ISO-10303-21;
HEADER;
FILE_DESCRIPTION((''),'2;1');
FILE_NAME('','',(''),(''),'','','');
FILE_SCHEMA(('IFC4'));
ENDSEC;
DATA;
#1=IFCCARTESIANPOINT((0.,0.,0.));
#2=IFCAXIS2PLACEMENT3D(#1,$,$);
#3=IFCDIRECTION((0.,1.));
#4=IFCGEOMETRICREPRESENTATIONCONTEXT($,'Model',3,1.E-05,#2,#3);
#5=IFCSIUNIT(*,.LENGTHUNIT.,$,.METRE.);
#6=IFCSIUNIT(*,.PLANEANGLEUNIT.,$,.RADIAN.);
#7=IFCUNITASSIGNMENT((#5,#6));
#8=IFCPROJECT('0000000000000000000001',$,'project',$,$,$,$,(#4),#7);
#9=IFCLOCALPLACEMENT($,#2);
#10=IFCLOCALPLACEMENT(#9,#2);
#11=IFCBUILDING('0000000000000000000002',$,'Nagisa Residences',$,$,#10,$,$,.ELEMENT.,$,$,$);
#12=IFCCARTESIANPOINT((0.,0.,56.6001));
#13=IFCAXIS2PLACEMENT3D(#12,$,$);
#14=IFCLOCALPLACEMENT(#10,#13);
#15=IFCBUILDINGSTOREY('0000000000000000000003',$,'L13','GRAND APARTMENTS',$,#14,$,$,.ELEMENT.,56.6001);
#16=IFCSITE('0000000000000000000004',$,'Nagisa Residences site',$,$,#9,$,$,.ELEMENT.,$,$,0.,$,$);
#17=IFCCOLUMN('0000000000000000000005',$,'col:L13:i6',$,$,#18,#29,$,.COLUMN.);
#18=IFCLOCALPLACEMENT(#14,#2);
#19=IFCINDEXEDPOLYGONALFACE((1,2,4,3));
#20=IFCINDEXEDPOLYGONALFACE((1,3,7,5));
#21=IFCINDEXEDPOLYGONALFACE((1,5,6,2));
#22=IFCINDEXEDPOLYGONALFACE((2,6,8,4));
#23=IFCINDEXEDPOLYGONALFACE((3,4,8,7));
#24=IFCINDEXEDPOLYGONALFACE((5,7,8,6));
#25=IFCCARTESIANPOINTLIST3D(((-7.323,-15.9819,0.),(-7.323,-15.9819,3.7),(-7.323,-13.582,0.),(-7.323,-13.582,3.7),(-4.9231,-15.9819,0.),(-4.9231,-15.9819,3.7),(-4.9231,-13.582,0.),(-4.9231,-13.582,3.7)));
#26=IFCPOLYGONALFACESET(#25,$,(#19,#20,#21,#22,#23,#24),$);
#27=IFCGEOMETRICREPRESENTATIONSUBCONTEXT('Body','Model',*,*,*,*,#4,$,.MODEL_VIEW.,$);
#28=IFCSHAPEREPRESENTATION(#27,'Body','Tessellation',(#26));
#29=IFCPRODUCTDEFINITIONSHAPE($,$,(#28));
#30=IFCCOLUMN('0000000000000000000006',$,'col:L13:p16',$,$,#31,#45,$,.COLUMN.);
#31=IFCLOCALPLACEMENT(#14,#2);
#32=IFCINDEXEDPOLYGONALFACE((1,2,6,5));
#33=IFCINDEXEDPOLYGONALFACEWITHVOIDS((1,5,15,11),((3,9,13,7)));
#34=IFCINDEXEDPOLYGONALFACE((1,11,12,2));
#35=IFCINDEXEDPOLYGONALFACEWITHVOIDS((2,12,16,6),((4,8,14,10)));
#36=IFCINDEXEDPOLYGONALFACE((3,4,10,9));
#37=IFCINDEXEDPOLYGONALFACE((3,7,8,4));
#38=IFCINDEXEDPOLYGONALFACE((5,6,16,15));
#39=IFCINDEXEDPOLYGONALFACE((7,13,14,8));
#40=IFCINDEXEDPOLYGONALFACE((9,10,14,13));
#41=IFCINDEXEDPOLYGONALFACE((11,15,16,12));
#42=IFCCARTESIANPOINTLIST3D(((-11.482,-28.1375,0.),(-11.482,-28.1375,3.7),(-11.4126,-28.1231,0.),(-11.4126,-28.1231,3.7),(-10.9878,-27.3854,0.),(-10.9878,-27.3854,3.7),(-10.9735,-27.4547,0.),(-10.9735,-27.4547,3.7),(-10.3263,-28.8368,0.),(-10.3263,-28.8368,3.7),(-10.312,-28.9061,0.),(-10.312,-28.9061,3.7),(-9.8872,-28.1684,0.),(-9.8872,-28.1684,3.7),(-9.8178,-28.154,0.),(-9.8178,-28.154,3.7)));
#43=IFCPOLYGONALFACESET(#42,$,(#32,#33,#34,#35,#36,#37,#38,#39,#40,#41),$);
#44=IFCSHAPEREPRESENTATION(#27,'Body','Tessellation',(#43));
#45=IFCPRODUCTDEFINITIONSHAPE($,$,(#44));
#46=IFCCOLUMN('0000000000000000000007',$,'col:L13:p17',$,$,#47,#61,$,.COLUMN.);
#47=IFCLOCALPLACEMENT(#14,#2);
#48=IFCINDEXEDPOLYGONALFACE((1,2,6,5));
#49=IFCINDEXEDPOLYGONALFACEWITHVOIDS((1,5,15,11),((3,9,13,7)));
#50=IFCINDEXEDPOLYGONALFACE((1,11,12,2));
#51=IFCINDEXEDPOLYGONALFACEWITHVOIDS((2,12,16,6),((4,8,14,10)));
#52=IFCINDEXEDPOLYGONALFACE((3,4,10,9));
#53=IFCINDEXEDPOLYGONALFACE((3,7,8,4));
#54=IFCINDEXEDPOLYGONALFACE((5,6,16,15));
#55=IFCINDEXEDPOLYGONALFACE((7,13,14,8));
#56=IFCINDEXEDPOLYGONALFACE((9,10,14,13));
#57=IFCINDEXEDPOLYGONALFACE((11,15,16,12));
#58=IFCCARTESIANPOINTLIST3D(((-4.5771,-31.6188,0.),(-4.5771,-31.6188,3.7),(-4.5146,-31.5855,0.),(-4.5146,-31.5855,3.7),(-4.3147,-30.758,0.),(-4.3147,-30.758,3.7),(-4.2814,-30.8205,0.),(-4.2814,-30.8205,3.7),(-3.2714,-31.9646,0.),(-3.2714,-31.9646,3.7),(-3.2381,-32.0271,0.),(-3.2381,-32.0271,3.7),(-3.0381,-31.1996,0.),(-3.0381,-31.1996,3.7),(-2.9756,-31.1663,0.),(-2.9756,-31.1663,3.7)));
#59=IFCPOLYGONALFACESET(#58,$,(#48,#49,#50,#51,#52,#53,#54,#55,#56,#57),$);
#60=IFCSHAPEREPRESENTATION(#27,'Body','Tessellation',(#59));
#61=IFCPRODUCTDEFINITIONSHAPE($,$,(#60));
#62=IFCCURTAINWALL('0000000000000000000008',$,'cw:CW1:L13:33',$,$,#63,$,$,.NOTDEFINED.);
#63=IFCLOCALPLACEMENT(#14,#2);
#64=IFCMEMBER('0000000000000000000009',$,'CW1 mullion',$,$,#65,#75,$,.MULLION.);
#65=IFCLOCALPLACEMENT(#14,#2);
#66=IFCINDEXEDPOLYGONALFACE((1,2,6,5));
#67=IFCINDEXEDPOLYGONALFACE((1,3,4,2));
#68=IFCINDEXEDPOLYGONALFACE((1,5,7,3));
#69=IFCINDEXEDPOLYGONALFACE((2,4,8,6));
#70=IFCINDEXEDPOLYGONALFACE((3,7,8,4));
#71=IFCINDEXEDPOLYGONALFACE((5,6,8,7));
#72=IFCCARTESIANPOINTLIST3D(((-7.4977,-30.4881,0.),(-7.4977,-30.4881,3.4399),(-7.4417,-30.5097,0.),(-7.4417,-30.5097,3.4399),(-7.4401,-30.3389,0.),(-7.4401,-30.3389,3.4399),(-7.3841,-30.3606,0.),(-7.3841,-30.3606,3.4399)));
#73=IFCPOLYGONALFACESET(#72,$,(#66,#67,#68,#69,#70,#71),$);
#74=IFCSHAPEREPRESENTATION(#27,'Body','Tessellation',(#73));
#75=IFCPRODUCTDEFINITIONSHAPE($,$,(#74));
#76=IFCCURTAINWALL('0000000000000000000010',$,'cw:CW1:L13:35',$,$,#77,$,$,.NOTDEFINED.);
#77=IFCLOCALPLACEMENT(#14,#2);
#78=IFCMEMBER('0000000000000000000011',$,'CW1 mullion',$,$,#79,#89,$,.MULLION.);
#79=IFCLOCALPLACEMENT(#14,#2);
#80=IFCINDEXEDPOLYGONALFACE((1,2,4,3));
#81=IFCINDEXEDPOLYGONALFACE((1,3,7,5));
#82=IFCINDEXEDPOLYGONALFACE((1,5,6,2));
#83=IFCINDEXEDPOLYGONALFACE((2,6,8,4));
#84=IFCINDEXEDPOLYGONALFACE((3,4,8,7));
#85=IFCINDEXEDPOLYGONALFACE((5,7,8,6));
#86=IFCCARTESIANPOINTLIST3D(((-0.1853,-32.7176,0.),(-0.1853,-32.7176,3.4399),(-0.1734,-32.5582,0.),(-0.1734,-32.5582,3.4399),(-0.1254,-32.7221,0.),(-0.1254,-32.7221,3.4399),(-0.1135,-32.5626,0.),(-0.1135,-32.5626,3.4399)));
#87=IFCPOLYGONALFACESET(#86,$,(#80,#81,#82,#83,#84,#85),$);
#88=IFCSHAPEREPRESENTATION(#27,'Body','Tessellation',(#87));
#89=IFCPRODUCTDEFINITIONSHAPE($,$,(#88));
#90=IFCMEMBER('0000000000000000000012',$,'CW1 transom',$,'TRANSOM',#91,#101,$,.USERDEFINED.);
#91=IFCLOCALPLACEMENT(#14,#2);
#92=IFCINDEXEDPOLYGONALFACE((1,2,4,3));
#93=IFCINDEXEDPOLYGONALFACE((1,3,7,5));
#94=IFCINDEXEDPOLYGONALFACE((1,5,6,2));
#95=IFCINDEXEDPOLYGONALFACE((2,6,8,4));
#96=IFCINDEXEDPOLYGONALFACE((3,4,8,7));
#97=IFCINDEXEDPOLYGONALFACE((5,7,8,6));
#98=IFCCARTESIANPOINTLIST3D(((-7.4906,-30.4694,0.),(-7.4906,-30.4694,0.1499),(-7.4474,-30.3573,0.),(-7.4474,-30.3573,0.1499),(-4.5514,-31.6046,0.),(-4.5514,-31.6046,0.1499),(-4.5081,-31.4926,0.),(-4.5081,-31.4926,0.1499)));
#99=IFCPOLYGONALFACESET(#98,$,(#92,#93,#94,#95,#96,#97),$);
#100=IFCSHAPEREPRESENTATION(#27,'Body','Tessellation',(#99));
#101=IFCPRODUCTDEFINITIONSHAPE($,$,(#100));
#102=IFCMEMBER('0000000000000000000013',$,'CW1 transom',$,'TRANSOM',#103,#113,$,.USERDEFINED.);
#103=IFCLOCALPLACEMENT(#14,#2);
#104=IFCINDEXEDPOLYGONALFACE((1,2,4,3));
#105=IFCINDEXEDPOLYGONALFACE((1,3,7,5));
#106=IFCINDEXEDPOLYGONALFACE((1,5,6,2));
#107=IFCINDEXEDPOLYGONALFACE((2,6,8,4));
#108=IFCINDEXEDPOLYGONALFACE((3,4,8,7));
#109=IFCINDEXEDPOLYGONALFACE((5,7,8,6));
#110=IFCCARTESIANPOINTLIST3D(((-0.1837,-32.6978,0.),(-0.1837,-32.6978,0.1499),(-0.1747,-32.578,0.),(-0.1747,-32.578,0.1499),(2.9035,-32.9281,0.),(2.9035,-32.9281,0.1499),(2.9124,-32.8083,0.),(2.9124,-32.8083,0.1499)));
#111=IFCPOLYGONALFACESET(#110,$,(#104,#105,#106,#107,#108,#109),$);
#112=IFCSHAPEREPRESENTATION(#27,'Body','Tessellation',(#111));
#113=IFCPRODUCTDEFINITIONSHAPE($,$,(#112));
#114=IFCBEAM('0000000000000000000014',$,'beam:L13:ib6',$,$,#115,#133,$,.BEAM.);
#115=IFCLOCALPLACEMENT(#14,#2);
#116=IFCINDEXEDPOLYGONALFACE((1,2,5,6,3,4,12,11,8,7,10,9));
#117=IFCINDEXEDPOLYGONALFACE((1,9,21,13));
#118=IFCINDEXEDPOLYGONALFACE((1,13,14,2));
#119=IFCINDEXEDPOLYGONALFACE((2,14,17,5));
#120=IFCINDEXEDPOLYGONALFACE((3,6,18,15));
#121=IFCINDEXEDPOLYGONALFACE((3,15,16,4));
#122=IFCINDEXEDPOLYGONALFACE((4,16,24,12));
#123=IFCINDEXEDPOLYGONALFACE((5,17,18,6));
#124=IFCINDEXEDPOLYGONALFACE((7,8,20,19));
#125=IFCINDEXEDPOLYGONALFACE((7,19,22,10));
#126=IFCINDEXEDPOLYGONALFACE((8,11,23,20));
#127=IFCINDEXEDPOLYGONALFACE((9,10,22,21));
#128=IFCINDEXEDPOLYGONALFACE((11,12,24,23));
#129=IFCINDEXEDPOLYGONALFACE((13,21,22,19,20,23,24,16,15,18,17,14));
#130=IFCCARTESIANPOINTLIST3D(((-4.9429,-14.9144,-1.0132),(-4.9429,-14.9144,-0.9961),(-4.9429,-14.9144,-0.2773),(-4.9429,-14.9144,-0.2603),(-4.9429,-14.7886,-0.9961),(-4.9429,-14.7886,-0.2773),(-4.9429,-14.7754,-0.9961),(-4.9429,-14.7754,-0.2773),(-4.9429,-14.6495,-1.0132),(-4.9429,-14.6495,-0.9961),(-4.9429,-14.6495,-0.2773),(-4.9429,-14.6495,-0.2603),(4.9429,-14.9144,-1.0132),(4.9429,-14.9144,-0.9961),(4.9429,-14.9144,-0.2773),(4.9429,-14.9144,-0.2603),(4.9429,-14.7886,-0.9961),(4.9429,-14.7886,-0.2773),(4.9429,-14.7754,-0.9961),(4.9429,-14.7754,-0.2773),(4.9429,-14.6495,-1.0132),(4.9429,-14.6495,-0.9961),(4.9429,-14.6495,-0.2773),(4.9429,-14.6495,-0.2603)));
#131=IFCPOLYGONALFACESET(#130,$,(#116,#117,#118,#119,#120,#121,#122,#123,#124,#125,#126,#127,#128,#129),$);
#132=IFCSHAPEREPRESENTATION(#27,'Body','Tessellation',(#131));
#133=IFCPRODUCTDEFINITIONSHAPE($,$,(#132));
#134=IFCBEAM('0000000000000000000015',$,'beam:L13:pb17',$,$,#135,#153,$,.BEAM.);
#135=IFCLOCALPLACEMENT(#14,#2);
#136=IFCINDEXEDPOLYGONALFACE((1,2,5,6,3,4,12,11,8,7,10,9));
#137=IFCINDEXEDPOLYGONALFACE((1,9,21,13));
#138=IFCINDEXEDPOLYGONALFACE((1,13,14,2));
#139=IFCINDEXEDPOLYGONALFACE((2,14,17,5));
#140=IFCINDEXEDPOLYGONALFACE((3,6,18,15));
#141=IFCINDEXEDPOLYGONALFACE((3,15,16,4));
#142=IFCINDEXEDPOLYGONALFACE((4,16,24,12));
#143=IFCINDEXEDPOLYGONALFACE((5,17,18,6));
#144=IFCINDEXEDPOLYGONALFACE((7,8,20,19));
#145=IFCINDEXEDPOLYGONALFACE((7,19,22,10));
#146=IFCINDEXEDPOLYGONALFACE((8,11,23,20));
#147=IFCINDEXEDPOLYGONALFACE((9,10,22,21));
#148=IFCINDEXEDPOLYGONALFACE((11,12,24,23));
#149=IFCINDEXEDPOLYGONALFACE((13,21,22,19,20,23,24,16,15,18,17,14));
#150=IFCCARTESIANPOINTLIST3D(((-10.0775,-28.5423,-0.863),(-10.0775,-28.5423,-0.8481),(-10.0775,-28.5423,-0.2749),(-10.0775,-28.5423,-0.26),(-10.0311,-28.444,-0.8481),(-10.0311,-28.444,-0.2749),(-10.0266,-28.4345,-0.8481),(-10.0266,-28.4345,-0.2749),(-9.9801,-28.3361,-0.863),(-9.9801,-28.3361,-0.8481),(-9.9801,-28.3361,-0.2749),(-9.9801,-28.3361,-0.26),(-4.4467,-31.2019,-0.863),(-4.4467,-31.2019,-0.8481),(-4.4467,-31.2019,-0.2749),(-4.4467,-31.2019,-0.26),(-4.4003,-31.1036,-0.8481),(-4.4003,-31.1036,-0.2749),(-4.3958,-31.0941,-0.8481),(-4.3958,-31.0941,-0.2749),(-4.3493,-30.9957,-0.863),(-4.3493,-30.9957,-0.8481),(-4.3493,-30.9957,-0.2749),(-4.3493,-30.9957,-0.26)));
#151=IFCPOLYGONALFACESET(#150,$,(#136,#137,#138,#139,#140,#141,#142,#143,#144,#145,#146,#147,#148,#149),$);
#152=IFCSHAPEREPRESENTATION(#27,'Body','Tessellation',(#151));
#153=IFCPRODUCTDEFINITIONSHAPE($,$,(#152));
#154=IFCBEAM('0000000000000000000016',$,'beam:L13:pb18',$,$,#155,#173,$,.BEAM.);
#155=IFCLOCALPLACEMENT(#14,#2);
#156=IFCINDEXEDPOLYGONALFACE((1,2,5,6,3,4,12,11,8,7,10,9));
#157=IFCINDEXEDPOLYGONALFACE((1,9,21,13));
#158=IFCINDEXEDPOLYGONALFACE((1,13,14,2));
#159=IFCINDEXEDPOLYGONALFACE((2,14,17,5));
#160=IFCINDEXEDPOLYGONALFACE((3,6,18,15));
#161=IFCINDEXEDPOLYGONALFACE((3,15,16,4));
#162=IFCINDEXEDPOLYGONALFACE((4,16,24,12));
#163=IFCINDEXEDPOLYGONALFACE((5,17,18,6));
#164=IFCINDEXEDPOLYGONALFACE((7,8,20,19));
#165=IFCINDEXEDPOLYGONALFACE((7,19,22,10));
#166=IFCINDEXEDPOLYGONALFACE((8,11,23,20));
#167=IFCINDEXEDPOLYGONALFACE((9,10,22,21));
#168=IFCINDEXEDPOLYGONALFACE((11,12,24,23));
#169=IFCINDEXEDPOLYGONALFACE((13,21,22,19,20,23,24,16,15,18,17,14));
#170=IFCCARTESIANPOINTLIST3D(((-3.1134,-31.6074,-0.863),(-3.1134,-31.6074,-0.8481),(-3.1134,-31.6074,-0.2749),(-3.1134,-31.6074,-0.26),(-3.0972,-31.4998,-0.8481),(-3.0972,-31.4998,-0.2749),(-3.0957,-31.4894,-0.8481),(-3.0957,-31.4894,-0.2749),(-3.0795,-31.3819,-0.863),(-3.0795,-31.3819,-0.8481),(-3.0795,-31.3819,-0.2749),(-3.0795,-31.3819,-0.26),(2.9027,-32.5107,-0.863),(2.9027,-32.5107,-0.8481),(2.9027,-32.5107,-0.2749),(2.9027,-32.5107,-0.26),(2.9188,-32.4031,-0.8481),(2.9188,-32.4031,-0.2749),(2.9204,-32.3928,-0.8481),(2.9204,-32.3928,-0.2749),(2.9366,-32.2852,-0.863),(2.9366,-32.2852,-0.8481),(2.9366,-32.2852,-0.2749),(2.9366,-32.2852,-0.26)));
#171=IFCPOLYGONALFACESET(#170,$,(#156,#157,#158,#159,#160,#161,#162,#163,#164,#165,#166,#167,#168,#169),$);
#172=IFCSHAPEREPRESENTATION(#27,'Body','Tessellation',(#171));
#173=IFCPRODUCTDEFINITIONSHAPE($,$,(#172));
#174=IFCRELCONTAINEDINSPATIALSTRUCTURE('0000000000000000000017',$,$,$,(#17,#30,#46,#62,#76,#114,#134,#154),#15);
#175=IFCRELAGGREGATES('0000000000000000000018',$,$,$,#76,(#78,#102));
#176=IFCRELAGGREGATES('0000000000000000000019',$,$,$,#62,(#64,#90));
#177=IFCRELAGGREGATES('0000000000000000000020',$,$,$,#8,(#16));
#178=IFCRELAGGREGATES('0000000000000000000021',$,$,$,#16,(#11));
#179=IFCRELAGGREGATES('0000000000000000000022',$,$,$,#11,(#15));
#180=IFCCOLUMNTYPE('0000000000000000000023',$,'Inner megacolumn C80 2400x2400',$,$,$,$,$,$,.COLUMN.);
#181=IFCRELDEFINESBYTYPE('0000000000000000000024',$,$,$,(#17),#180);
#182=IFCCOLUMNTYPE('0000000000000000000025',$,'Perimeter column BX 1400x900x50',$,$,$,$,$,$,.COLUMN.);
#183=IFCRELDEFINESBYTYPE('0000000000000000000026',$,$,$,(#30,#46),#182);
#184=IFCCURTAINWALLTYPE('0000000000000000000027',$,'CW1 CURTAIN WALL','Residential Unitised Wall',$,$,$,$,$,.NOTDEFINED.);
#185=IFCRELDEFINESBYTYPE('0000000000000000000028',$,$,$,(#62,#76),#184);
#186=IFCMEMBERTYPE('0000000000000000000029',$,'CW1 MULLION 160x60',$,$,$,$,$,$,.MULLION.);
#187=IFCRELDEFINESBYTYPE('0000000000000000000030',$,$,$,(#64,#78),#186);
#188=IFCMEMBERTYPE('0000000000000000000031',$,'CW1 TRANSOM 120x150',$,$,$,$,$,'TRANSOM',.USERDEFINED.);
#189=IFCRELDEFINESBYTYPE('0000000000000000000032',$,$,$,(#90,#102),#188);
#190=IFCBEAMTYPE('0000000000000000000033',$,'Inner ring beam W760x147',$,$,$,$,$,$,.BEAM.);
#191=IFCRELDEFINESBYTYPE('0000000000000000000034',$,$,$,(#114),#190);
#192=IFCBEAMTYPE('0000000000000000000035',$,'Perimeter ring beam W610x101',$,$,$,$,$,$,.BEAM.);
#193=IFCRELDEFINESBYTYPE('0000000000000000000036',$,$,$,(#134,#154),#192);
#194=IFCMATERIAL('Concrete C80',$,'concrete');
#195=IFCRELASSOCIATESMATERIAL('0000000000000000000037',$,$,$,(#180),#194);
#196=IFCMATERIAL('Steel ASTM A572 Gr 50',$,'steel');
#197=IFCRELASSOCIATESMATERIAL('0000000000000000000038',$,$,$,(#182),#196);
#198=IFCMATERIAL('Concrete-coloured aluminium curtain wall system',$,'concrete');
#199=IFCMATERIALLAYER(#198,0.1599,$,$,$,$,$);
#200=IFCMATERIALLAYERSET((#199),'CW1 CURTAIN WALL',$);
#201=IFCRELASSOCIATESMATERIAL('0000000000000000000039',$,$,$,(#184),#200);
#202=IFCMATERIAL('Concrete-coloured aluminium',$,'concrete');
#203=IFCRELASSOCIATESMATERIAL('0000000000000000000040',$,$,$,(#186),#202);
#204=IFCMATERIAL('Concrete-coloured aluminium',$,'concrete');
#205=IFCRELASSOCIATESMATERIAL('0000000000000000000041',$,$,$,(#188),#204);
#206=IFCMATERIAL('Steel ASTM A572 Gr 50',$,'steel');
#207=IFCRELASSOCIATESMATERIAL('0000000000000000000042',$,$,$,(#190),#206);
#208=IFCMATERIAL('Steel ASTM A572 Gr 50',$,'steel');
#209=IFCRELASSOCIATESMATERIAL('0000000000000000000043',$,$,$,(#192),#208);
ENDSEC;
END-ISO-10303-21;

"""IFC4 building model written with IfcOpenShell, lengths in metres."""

from ifc_helpers import new_model, si_unit, direction, frame, origin, origin_2d, place, context, subcontext, project, spatial, rectangle, hollow_rectangle, i_section, extrude, material, layer, layer_set, material_profile, profile_set, type_object, element, aggregate, save


model = new_model("IFC4")

# Units and contexts
model_context = context("Model", 3, precision=1e-05, world=origin(), true_north=direction((0.0, 1.0)))
body_context = subcontext(model_context, "Body", "Model", "MODEL_VIEW")
ifc_project = project(units=[si_unit("LENGTHUNIT", "METRE"), si_unit("PLANEANGLEUNIT", "RADIAN")], contexts=[model_context])

# Site, building, storey
site_placement = place(None, origin())
site = spatial("IfcSite", under=ifc_project, at=site_placement, Name="Nagisa Residences site", CompositionType="ELEMENT", RefElevation=0.0)
building_placement = place(site_placement, origin())
building = spatial("IfcBuilding", under=site, at=building_placement, Name="Nagisa Residences", CompositionType="ELEMENT")
storey_placement = place(building_placement, frame((0.0, 0.0, 56.6001)))
storey = spatial("IfcBuildingStorey", under=building, at=storey_placement, Name="L13", Description="GRAND APARTMENTS", CompositionType="ELEMENT", Elevation=56.6001)

# Columns
ifc_material_1 = material(Name="Concrete C80", Category="concrete")
ifc_material_profile_1 = material_profile(ifc_material_1, rectangle(XDim=2.3999, YDim=2.3999, at=origin_2d()), Name="C80 2400x2400")
ifc_profile_set_1 = profile_set([ifc_material_profile_1], Name="Concrete C80")
column_type_1 = type_object("IfcColumnType", Name="Inner megacolumn C80 2400x2400", PredefinedType="COLUMN", material=ifc_profile_set_1)
column_placement = place(storey_placement, frame((-6.123, -14.782, 0.0), z_axis=(0.0, 0.0, 1.0), x_axis=(1.0, 0.0, 0.0)))
element("IfcColumn", 1, at=column_placement, inside=storey, type_object=column_type_1, Name="col:L13:i6", PredefinedType="COLUMN", context=body_context, shape_type="SweptSolid", body=[
    extrude(rectangle(XDim=2.3999, YDim=2.3999, at=origin_2d()), origin(), (0.0, 0.0, 1.0), 3.7),
])
ifc_material_2 = material(Name="Steel ASTM A572 Gr 50", Category="steel")
ifc_material_profile_2 = material_profile(ifc_material_2, hollow_rectangle(XDim=1.3999, YDim=0.8999, WallThickness=0.05, at=origin_2d()), Name="BX 1400x900x50")
ifc_profile_set_2 = profile_set([ifc_material_profile_2], Name="Steel ASTM A572 Gr 50")
column_type_2 = type_object("IfcColumnType", Name="Perimeter column BX 1400x900x50", PredefinedType="COLUMN", material=ifc_profile_set_2)
for number, where, z_axis, x_axis, name in (
    (2, (-10.6499, -28.1458, 0.0), (0.0, 0.0, 1.0), (0.835766, -0.549086, 0.0), "col:L13:p16"),
    (3, (-3.7764, -31.3926, 0.0), (0.0, 0.0, 1.0), (0.956525, -0.291652, 0.0), "col:L13:p17"),
):
    element("IfcColumn", number, at=place(storey_placement, frame(where, z_axis=z_axis, x_axis=x_axis)), inside=storey, type_object=column_type_2, Name=name, PredefinedType="COLUMN", context=body_context, shape_type="SweptSolid", body=[
        extrude(hollow_rectangle(XDim=1.3999, YDim=0.8999, WallThickness=0.05, at=origin_2d()), origin(), (0.0, 0.0, 1.0), 3.7),
    ])

# Curtain walls, members
ifc_material_3 = material(Name="Concrete-coloured aluminium curtain wall system", Category="concrete")
ifc_layer_1 = layer(ifc_material_3, 0.1599)
ifc_layer_set_1 = layer_set([ifc_layer_1], Name="CW1 CURTAIN WALL")
curtain_wall_type = type_object("IfcCurtainWallType", Name="CW1 CURTAIN WALL", Description="Residential Unitised Wall", PredefinedType="NOTDEFINED", material=ifc_layer_set_1)
curtain_wall_1_placement = place(storey_placement, origin())
curtain_wall_1 = element("IfcCurtainWall", 4, at=curtain_wall_1_placement, inside=storey, type_object=curtain_wall_type, Name="cw:CW1:L13:33", PredefinedType="NOTDEFINED")
ifc_material_4 = material(Name="Concrete-coloured aluminium", Category="concrete")
ifc_material_profile_3 = material_profile(ifc_material_4, rectangle(XDim=0.1599, YDim=0.0601, at=origin_2d()), Name="CW1 MULLION 160x60")
ifc_profile_set_3 = profile_set([ifc_material_profile_3], Name="Concrete-coloured aluminium")
member_type_1 = type_object("IfcMemberType", Name="CW1 MULLION 160x60", PredefinedType="MULLION", material=ifc_profile_set_3)
member_1_placement = place(storey_placement, frame((-7.4409, -30.4243, 0.0), z_axis=(0.0, 0.0, 1.0), x_axis=(0.360328, 0.932826, 0.0)))
member_1 = element("IfcMember", 5, at=member_1_placement, type_object=member_type_1, Name="CW1 mullion", PredefinedType="MULLION", context=body_context, shape_type="SweptSolid", body=[
    extrude(rectangle(XDim=0.1599, YDim=0.0601, at=origin_2d()), origin(), (0.0, 0.0, 1.0), 3.4399),
])
curtain_wall_2_placement = place(storey_placement, origin())
curtain_wall_2 = element("IfcCurtainWall", 6, at=curtain_wall_2_placement, inside=storey, type_object=curtain_wall_type, Name="cw:CW1:L13:35", PredefinedType="NOTDEFINED")
member_2_placement = place(storey_placement, frame((-0.1494, -32.6401, 0.0), z_axis=(0.0, 0.0, 1.0), x_axis=(0.074377, 0.99723, 0.0)))
member_2 = element("IfcMember", 7, at=member_2_placement, type_object=member_type_1, Name="CW1 mullion", PredefinedType="MULLION", context=body_context, shape_type="SweptSolid", body=[
    extrude(rectangle(XDim=0.1599, YDim=0.0601, at=origin_2d()), origin(), (0.0, 0.0, 1.0), 3.4399),
])

# Members
ifc_material_5 = material(Name="Concrete-coloured aluminium", Category="concrete")
ifc_material_profile_4 = material_profile(ifc_material_5, rectangle(XDim=0.1201, YDim=0.1499, at=origin_2d()), Name="CW1 TRANSOM 120x150")
ifc_profile_set_4 = profile_set([ifc_material_profile_4], Name="Concrete-coloured aluminium")
member_type_2 = type_object("IfcMemberType", Name="CW1 TRANSOM 120x150", ElementType="TRANSOM", PredefinedType="USERDEFINED", material=ifc_profile_set_4)
member_3_placement = place(storey_placement, frame((-7.469, -30.4133, 0.075), z_axis=(0.932835, -0.360303, 0.0), x_axis=(0.360303, 0.932835, 0.0)))
member_3 = element("IfcMember", 8, at=member_3_placement, type_object=member_type_2, Name="CW1 transom", ObjectType="TRANSOM", PredefinedType="USERDEFINED", context=body_context, shape_type="SweptSolid", body=[
    extrude(rectangle(XDim=0.1201, YDim=0.1499, at=origin_2d()), origin(), (0.0, 0.0, 1.0), 3.1509),
])
member_4_placement = place(storey_placement, frame((-0.1792, -32.6379, 0.075), z_axis=(0.997231, -0.074368, 0.0), x_axis=(0.074368, 0.997231, 0.0)))
member_4 = element("IfcMember", 9, at=member_4_placement, type_object=member_type_2, Name="CW1 transom", ObjectType="TRANSOM", PredefinedType="USERDEFINED", context=body_context, shape_type="SweptSolid", body=[
    extrude(rectangle(XDim=0.1201, YDim=0.1499, at=origin_2d()), origin(), (0.0, 0.0, 1.0), 3.0957),
])
aggregate(curtain_wall_2, [member_2, member_4])

# Beams
ifc_material_6 = material(Name="Steel ASTM A572 Gr 50", Category="steel")
ifc_material_profile_5 = material_profile(ifc_material_6, i_section(OverallWidth=0.2649, OverallDepth=0.7529, WebThickness=0.0132, FlangeThickness=0.0171, at=origin_2d()), Name="W760x147")
ifc_profile_set_5 = profile_set([ifc_material_profile_5], Name="Steel ASTM A572 Gr 50")
beam_type_1 = type_object("IfcBeamType", Name="Inner ring beam W760x147", PredefinedType="BEAM", material=ifc_profile_set_5)
beam_1_placement = place(storey_placement, frame((-4.9429, -14.782, -0.6367), z_axis=(1.0, 0.0, 0.0), x_axis=(0.0, 1.0, 0.0)))
element("IfcBeam", 10, at=beam_1_placement, inside=storey, type_object=beam_type_1, Name="beam:L13:ib6", PredefinedType="BEAM", context=body_context, shape_type="SweptSolid", body=[
    extrude(i_section(OverallWidth=0.2649, OverallDepth=0.7529, WebThickness=0.0132, FlangeThickness=0.0171, at=origin_2d()), origin(), (0.0, 0.0, 1.0), 9.8857),
])
ifc_material_7 = material(Name="Steel ASTM A572 Gr 50", Category="steel")
ifc_material_profile_6 = material_profile(ifc_material_7, i_section(OverallWidth=0.228, OverallDepth=0.603, WebThickness=0.0105, FlangeThickness=0.0149, at=origin_2d()), Name="W610x101")
ifc_profile_set_6 = profile_set([ifc_material_profile_6], Name="Steel ASTM A572 Gr 50")
beam_type_2 = type_object("IfcBeamType", Name="Perimeter ring beam W610x101", PredefinedType="BEAM", material=ifc_profile_set_6)
beam_2_placement = place(storey_placement, frame((-10.0288, -28.4392, -0.5615), z_axis=(0.904208, -0.427092, 0.0), x_axis=(0.427092, 0.904208, 0.0)))
element("IfcBeam", 11, at=beam_2_placement, inside=storey, type_object=beam_type_2, Name="beam:L13:pb17", PredefinedType="BEAM", context=body_context, shape_type="SweptSolid", body=[
    extrude(i_section(OverallWidth=0.228, OverallDepth=0.603, WebThickness=0.0105, FlangeThickness=0.0149, at=origin_2d()), origin(), (0.0, 0.0, 1.0), 6.2273),
])
beam_3_placement = place(storey_placement, frame((-3.0964, -31.4946, -0.5615), z_axis=(0.988915, -0.148486, 0.0), x_axis=(0.148486, 0.988915, 0.0)))
element("IfcBeam", 12, at=beam_3_placement, inside=storey, type_object=beam_type_2, Name="beam:L13:pb18", PredefinedType="BEAM", context=body_context, shape_type="SweptSolid", body=[
    extrude(i_section(OverallWidth=0.228, OverallDepth=0.603, WebThickness=0.0105, FlangeThickness=0.0149, at=origin_2d()), origin(), (0.0, 0.0, 1.0), 6.0835),
])

aggregate(curtain_wall_1, [member_1, member_3])

save(model, "model.ifc")
